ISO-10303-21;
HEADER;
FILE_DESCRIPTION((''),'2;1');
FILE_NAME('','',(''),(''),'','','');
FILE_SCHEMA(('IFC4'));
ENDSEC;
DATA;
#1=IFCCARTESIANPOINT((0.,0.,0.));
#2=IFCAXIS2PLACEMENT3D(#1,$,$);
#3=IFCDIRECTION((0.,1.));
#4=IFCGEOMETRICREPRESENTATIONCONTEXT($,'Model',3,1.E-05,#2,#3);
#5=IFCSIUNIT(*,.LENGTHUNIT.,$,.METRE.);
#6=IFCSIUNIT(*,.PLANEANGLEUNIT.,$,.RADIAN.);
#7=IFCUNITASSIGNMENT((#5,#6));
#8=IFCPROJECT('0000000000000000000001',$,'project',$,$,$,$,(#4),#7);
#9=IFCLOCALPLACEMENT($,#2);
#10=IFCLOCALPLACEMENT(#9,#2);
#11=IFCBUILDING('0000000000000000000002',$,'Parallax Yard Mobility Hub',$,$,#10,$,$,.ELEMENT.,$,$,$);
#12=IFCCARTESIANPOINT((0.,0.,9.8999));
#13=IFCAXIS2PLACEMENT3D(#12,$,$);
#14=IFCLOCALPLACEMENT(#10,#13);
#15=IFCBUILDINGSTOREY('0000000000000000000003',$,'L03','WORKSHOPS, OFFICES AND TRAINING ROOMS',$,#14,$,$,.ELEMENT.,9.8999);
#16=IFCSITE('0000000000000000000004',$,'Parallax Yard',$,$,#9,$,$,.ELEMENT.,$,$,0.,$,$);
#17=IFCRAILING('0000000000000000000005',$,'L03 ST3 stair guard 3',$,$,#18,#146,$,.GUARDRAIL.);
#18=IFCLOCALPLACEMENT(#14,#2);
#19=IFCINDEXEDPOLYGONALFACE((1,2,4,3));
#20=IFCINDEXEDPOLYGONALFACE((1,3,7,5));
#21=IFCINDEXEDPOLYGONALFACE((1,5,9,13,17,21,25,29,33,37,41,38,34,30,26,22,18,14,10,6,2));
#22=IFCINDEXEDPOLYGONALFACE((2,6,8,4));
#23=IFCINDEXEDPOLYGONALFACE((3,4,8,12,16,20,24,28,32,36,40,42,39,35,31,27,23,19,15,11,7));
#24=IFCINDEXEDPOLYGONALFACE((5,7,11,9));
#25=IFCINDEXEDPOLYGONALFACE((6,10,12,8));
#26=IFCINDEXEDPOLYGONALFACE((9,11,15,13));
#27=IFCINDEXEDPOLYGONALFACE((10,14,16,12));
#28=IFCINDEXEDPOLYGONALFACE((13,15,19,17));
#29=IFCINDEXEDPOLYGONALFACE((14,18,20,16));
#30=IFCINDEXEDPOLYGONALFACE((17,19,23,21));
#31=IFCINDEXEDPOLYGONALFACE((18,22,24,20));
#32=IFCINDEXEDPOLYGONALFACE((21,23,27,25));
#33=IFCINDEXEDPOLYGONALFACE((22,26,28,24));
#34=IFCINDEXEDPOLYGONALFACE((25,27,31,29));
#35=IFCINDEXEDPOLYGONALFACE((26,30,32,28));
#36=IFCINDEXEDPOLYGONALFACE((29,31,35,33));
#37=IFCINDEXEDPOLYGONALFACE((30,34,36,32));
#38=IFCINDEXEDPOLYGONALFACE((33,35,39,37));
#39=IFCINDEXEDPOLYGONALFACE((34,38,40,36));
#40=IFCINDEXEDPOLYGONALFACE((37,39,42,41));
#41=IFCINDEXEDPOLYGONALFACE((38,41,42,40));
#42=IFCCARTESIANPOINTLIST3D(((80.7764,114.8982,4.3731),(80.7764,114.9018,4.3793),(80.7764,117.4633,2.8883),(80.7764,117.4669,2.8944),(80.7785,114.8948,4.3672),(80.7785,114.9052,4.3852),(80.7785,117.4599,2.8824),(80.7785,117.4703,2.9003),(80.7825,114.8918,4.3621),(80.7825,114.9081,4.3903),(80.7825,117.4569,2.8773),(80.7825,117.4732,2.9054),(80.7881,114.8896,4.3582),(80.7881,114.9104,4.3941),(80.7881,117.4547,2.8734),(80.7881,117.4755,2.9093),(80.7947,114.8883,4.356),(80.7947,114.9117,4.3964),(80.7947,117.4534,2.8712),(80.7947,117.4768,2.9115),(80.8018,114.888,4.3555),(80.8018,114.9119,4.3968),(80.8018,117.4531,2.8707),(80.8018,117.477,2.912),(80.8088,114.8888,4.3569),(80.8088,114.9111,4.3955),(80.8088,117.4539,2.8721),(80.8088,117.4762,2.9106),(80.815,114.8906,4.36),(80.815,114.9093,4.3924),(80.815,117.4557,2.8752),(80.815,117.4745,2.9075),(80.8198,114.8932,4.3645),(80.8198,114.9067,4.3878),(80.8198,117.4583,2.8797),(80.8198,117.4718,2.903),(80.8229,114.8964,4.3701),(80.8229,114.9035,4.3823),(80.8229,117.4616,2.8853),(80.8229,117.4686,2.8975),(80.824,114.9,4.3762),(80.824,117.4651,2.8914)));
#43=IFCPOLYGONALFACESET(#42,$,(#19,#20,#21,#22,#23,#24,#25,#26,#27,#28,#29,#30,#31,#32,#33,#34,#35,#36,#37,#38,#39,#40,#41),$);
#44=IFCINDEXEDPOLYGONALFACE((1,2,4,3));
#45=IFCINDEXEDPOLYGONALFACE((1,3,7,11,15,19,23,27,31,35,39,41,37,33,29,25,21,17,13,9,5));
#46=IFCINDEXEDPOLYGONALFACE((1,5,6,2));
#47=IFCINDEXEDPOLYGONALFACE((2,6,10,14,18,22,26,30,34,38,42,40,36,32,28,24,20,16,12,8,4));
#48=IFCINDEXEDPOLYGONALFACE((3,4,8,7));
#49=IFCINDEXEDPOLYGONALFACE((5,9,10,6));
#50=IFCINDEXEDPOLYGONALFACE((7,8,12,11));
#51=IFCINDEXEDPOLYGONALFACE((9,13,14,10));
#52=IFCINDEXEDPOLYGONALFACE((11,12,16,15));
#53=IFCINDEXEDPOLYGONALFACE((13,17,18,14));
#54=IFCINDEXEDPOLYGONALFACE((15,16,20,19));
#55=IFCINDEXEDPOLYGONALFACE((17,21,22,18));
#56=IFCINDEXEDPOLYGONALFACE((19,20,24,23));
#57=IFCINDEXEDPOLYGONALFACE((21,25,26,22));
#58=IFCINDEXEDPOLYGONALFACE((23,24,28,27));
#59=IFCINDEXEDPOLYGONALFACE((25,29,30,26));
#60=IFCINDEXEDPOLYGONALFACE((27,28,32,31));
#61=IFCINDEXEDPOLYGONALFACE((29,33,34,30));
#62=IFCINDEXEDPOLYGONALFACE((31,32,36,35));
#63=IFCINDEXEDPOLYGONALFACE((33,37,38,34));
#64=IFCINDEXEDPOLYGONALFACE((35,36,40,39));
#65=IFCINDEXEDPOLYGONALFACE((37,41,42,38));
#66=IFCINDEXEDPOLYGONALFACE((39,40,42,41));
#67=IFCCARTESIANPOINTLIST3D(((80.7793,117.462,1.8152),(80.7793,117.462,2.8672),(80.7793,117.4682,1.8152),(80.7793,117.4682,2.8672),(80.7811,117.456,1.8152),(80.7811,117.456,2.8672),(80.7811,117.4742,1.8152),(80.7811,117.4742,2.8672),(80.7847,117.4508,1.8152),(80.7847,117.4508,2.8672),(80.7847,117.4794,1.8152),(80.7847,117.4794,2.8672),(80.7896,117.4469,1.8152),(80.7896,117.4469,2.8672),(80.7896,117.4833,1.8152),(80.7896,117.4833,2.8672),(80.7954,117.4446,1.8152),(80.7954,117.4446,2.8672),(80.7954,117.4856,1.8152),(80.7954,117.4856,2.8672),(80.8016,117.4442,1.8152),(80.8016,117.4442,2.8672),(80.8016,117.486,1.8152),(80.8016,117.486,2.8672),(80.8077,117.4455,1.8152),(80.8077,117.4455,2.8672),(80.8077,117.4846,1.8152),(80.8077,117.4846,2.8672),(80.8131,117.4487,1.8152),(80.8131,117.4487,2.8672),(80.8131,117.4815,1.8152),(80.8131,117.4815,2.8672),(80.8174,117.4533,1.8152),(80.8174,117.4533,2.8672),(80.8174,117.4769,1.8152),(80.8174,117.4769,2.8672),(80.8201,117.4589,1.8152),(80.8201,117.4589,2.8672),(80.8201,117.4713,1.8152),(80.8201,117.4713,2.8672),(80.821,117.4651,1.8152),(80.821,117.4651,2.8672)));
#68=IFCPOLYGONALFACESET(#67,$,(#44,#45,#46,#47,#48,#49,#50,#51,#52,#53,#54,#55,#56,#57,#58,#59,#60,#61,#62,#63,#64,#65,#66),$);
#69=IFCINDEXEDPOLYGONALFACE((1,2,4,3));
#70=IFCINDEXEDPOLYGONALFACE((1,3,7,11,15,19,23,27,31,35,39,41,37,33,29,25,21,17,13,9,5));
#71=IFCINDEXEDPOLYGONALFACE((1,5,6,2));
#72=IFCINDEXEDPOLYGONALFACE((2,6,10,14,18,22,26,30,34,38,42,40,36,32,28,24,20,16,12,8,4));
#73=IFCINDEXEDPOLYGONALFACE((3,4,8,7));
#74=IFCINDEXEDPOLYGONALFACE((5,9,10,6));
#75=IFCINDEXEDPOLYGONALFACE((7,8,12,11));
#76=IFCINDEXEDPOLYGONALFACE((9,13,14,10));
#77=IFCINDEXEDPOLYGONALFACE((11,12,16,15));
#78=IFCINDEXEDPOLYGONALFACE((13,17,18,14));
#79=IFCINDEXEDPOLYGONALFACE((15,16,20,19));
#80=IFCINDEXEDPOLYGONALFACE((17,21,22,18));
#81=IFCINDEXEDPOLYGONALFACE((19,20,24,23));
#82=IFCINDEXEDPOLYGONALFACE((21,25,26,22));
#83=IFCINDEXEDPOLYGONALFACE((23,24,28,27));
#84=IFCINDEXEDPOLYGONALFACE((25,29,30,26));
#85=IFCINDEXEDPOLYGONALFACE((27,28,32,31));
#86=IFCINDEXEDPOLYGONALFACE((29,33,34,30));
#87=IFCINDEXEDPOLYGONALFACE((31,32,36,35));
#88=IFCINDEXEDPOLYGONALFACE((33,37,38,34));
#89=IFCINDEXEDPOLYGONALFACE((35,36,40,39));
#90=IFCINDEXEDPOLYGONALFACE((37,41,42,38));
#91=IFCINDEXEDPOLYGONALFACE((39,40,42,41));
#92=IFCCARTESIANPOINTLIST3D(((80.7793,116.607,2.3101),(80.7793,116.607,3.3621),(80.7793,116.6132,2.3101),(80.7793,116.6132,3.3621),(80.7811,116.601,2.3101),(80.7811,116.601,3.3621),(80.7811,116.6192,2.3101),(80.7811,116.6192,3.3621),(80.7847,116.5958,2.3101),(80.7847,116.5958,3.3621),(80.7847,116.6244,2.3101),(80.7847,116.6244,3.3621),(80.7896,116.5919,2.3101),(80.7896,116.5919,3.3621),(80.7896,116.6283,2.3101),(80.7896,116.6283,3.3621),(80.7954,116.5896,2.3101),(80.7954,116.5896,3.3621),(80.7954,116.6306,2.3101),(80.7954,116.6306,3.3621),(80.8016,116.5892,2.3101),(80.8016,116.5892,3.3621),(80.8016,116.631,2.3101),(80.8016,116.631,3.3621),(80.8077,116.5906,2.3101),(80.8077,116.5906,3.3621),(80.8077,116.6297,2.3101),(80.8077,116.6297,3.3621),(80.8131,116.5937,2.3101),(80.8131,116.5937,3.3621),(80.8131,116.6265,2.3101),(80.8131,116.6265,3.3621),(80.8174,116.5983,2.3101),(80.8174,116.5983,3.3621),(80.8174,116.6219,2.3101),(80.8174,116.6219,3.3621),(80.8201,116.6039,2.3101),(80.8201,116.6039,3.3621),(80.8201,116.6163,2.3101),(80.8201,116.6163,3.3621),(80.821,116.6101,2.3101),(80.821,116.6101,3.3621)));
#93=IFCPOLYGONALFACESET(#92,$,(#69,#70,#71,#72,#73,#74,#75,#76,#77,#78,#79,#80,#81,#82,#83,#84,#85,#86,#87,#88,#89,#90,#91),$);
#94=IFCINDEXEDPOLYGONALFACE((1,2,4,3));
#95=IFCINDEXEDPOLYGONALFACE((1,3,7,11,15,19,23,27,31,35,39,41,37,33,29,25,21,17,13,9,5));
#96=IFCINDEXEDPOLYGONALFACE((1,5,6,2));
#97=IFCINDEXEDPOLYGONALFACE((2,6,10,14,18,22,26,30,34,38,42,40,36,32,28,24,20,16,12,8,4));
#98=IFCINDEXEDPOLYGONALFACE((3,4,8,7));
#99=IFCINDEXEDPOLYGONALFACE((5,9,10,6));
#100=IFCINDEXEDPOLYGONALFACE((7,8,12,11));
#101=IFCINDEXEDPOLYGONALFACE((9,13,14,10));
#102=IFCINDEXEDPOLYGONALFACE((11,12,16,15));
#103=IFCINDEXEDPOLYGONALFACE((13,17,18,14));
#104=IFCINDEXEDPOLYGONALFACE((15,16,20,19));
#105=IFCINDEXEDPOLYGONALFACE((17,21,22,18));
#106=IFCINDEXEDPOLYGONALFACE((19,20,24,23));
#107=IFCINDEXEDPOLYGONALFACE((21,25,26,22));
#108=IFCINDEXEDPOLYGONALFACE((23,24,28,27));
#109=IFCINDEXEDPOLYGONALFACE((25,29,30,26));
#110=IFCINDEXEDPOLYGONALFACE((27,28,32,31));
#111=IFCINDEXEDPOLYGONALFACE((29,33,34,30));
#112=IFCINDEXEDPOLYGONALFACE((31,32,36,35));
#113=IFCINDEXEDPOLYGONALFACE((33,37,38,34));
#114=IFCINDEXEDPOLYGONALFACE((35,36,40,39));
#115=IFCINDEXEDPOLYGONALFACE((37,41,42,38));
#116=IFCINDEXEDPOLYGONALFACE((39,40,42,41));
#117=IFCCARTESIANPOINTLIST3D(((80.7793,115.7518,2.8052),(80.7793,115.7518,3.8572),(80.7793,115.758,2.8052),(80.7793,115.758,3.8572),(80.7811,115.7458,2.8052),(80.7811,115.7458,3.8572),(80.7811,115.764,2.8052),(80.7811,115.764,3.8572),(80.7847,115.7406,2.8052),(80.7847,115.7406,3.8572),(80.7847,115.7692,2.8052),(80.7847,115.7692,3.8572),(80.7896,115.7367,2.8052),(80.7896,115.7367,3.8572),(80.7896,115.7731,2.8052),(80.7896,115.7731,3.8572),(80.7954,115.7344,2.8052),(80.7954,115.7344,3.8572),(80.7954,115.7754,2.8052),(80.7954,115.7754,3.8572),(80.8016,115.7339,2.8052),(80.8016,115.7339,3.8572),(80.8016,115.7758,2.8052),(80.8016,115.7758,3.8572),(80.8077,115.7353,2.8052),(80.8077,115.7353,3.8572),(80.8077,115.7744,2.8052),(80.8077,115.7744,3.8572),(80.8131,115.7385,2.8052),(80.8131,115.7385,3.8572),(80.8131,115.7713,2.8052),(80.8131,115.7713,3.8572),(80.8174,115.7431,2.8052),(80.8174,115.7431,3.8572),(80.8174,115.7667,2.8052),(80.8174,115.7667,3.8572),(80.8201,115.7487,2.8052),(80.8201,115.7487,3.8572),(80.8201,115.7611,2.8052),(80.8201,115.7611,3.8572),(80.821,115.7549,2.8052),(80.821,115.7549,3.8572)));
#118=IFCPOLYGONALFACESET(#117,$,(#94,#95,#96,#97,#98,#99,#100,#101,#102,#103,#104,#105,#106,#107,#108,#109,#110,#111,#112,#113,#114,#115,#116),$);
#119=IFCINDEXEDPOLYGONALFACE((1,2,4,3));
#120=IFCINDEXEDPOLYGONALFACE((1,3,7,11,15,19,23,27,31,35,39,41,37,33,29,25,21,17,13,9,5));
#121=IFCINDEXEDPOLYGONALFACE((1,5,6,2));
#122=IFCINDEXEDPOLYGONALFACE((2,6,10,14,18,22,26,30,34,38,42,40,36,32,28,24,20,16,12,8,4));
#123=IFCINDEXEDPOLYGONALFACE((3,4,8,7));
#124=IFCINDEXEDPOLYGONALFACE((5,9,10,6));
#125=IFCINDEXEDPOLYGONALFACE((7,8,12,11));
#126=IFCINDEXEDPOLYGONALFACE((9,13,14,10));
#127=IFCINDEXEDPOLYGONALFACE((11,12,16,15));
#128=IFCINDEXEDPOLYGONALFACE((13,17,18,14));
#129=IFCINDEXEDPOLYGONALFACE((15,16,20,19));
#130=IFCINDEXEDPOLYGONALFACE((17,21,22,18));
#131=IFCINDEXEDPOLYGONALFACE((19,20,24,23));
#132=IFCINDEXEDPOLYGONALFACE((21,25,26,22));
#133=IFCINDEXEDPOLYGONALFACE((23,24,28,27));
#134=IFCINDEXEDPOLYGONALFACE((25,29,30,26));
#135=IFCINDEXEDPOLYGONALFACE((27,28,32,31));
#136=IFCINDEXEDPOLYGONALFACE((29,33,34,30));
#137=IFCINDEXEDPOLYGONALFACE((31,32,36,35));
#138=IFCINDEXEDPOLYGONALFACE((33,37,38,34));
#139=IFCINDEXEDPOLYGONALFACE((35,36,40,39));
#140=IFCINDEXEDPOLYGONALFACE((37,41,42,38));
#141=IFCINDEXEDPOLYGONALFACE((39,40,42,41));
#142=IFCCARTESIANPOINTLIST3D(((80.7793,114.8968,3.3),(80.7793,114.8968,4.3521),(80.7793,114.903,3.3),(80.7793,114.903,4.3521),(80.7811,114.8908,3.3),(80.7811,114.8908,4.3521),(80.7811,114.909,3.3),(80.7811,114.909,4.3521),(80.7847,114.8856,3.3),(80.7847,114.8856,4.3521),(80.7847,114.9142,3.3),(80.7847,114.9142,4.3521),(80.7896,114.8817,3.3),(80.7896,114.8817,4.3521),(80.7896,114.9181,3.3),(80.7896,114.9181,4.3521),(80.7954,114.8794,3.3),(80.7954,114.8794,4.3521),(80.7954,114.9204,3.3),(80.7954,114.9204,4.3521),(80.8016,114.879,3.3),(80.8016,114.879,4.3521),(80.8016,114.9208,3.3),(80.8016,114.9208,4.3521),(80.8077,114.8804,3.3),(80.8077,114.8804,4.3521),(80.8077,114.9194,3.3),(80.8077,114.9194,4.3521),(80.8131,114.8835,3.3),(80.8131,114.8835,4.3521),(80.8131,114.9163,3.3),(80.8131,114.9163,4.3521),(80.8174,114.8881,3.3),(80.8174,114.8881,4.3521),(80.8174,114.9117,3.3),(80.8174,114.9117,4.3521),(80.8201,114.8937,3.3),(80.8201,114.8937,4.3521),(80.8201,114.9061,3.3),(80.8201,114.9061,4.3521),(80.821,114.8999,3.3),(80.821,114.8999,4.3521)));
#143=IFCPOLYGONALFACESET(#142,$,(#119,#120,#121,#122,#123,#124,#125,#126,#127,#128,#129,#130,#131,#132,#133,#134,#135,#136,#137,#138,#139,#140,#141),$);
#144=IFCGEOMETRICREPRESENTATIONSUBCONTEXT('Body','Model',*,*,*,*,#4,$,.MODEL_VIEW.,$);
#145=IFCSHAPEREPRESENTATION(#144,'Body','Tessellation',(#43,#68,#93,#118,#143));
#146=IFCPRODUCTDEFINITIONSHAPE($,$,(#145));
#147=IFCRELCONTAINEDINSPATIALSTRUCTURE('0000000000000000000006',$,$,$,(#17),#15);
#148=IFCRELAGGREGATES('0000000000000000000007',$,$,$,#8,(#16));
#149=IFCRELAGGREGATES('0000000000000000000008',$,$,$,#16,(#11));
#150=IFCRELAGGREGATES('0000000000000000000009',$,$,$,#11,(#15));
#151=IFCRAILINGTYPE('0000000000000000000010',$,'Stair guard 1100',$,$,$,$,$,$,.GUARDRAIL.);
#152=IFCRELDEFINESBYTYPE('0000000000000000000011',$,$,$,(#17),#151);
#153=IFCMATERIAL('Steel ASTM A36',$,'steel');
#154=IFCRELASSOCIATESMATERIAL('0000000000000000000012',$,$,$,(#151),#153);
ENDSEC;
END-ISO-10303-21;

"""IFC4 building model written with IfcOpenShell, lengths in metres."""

from ifc_helpers import new_model, si_unit, direction, frame, origin, origin_2d, place, context, subcontext, project, spatial, circle, extrude, material, type_object, element, save


model = new_model("IFC4")

# Units and contexts
model_context = context("Model", 3, precision=1e-05, world=origin(), true_north=direction((0.0, 1.0)))
body_context = subcontext(model_context, "Body", "Model", "MODEL_VIEW")
ifc_project = project(units=[si_unit("LENGTHUNIT", "METRE"), si_unit("PLANEANGLEUNIT", "RADIAN")], contexts=[model_context])

# Site, building, storey
site_placement = place(None, origin())
site = spatial("IfcSite", under=ifc_project, at=site_placement, Name="Parallax Yard", CompositionType="ELEMENT", RefElevation=0.0)
building_placement = place(site_placement, origin())
building = spatial("IfcBuilding", under=site, at=building_placement, Name="Parallax Yard Mobility Hub", CompositionType="ELEMENT")
storey_placement = place(building_placement, frame((0.0, 0.0, 9.8999)))
storey = spatial("IfcBuildingStorey", under=building, at=storey_placement, Name="L03", Description="WORKSHOPS, OFFICES AND TRAINING ROOMS", CompositionType="ELEMENT", Elevation=9.8999)

# Railing
ifc_material_1 = material(Name="Steel ASTM A36", Category="steel")
railing_type_1 = type_object("IfcRailingType", Name="Stair guard 1100", PredefinedType="GUARDRAIL", material=ifc_material_1)
railing_1_placement = place(storey_placement, frame((80.8, 117.4651, 1.8152)))
element("IfcRailing", 1, at=railing_1_placement, inside=storey, type_object=railing_type_1, Name="L03 ST3 stair guard 3", PredefinedType="GUARDRAIL", context=body_context, shape_type="SweptSolid", body=[
    extrude(circle(Radius=0.0239, at=origin_2d()), frame((0.0, 0.0, 1.0762), z_axis=(0.0, -0.865462, 0.500975), x_axis=(1.0, 0.0, 0.0)), (0.0, 0.0, 1.0), 2.9639),
    extrude(circle(Radius=0.021, at=origin_2d()), origin(), (0.0, 0.0, 1.0), 1.052),
    extrude(circle(Radius=0.021, at=origin_2d()), frame((0.0, -0.855, 0.4949)), (0.0, 0.0, 1.0), 1.052),
    extrude(circle(Radius=0.021, at=origin_2d()), frame((0.0, -1.7102, 0.99)), (0.0, 0.0, 1.0), 1.052),
    extrude(circle(Radius=0.021, at=origin_2d()), frame((0.0, -2.5652, 1.4849)), (0.0, 0.0, 1.0), 1.052),
])

save(model, "model.ifc")
